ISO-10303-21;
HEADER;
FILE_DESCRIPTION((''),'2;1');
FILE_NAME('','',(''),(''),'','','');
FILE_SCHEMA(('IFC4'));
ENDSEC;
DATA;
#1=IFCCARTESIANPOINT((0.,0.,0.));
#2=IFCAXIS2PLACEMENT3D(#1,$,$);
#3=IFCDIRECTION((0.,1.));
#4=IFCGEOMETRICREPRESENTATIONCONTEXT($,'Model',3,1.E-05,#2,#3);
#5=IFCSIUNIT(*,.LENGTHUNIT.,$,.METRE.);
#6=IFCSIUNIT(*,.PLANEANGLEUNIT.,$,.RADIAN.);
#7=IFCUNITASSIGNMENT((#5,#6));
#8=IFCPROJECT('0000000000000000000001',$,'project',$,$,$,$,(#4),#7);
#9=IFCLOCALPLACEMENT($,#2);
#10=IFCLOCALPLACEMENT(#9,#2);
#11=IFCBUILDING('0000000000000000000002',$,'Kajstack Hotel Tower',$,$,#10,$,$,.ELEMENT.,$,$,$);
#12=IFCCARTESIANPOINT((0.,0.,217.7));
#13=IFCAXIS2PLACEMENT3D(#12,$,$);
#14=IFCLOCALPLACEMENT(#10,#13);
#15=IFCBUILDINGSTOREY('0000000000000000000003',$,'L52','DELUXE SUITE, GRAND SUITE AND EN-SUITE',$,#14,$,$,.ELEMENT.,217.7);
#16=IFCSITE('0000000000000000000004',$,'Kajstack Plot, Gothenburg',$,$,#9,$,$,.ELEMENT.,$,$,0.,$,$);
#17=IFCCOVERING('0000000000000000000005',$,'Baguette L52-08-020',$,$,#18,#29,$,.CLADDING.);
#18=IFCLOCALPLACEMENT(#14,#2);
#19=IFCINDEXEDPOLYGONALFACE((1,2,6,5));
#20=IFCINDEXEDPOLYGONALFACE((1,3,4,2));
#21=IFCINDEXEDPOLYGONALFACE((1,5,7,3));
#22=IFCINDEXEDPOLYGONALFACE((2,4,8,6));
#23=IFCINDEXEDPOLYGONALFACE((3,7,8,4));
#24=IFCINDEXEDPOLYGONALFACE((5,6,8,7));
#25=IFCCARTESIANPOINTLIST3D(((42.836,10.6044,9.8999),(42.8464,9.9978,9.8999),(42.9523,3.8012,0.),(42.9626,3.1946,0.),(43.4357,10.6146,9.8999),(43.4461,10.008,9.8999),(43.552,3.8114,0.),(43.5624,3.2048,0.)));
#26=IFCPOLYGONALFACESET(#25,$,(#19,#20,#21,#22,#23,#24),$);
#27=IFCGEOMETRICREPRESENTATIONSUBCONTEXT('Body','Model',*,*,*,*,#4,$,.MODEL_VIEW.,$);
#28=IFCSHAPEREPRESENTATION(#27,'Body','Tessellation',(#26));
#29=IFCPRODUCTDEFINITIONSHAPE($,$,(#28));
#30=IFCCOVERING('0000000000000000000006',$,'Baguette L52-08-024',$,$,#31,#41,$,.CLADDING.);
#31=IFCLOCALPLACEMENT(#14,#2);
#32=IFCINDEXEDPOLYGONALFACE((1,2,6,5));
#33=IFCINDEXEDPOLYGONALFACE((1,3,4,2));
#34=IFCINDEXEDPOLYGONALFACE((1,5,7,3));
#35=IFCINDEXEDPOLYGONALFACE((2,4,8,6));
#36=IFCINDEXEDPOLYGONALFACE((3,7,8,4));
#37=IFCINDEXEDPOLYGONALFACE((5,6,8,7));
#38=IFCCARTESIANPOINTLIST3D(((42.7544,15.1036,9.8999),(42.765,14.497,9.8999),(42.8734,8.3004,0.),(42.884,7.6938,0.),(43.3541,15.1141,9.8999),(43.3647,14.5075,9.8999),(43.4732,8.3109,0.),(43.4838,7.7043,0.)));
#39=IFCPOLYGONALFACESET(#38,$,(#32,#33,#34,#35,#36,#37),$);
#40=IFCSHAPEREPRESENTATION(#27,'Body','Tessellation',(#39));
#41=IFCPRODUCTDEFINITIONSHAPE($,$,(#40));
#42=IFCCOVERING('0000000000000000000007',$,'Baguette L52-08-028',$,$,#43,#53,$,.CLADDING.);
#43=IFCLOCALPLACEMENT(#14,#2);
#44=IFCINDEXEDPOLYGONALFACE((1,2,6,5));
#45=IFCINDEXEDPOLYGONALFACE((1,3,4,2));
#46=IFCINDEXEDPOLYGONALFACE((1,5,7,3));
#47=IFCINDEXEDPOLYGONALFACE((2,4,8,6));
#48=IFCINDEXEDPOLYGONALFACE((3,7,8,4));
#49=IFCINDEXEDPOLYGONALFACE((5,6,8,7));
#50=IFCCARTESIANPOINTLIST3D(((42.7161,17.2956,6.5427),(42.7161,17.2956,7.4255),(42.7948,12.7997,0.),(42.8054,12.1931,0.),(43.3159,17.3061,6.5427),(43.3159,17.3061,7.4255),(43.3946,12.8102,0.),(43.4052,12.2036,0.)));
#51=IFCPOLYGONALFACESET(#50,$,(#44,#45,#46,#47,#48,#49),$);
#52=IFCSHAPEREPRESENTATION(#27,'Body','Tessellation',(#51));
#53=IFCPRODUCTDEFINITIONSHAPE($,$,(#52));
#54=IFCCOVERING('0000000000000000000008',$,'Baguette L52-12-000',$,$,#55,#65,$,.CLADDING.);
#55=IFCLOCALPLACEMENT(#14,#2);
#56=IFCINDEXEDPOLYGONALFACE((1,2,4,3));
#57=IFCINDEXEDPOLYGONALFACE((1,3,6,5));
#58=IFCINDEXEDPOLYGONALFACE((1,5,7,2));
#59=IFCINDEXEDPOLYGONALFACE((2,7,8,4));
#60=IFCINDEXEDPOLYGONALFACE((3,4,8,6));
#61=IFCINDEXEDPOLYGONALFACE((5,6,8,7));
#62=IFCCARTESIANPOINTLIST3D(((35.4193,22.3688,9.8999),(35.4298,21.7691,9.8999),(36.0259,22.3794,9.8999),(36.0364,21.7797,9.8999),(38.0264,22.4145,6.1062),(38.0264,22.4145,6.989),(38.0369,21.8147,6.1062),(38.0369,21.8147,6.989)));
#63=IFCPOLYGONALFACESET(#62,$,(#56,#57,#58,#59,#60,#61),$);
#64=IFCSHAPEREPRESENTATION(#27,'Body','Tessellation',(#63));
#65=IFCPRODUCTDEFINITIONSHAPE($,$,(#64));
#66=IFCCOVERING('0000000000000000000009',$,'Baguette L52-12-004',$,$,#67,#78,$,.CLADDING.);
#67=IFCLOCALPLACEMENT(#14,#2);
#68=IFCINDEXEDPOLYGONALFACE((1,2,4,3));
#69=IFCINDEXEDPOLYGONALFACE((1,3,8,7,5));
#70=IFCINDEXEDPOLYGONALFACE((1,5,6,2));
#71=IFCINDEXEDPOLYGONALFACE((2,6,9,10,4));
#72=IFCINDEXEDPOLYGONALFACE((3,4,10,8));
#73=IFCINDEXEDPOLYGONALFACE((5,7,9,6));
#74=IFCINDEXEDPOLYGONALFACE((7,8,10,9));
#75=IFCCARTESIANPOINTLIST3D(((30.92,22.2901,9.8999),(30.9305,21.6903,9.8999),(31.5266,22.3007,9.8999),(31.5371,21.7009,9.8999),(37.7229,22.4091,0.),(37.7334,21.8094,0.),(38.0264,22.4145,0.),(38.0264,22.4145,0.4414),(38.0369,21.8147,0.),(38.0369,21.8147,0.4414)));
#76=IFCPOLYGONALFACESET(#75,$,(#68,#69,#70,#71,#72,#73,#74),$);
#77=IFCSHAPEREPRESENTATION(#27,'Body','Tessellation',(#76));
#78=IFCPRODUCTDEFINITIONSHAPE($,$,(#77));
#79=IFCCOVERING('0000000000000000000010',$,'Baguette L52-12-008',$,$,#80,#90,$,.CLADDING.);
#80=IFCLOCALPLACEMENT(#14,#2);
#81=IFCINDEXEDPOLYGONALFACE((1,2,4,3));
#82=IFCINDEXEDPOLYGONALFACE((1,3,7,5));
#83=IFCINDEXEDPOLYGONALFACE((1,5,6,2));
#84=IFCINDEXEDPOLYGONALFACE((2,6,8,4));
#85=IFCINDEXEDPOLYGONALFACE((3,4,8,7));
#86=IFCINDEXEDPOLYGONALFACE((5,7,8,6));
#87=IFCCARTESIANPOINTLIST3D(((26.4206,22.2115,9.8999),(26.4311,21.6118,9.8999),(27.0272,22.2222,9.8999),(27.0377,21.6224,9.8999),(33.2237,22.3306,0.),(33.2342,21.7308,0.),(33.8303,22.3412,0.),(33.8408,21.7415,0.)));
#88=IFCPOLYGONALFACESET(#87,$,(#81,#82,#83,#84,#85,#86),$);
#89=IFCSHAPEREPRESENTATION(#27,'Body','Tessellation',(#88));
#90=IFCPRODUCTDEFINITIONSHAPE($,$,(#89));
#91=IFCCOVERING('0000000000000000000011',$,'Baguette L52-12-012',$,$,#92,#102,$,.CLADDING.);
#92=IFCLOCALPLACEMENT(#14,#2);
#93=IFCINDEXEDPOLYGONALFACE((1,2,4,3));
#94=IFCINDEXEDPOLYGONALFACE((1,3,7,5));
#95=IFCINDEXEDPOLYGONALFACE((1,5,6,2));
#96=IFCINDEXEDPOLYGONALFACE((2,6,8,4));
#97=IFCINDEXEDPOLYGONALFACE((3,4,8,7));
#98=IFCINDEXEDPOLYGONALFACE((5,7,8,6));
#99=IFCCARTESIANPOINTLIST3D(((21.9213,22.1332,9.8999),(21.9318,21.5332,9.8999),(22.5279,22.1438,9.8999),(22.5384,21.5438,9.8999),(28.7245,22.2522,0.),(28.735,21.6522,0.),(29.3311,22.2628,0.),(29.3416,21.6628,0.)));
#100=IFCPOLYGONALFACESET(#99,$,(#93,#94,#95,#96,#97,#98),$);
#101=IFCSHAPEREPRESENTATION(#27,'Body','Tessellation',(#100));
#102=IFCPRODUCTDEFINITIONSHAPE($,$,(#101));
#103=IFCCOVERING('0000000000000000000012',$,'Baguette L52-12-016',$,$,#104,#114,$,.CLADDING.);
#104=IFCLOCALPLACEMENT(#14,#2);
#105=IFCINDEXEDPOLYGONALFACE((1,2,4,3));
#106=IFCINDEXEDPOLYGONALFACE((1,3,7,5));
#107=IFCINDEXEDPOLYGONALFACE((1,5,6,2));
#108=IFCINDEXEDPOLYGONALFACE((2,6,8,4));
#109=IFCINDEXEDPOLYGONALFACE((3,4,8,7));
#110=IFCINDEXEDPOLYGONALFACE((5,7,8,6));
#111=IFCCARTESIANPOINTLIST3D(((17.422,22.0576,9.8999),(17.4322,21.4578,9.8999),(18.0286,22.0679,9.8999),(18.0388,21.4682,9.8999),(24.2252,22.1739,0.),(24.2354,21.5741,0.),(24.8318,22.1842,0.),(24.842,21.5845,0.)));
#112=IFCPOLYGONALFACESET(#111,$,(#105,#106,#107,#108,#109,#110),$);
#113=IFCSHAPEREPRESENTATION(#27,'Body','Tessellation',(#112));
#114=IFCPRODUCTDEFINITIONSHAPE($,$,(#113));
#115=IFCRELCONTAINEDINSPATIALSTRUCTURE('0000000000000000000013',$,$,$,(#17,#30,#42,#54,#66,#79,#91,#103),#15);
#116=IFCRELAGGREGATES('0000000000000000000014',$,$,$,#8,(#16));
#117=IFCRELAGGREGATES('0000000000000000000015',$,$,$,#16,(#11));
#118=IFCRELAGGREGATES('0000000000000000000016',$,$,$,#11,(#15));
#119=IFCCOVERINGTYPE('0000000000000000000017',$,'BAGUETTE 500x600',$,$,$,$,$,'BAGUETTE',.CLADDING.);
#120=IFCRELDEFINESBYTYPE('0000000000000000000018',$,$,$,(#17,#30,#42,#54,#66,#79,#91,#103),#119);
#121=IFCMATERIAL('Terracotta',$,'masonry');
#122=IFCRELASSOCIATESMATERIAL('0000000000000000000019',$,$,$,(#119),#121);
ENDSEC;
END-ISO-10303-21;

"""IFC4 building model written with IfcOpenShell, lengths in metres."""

from ifc_helpers import new_model, si_unit, direction, frame, origin, origin_2d, place, context, subcontext, project, spatial, polyline, rectangle, outline, extrude, material, material_profile, profile_set, type_object, element, save


model = new_model("IFC4")

# Units and contexts
model_context = context("Model", 3, precision=1e-05, world=origin(), true_north=direction((0.0, 1.0)))
body_context = subcontext(model_context, "Body", "Model", "MODEL_VIEW")
ifc_project = project(units=[si_unit("LENGTHUNIT", "METRE"), si_unit("PLANEANGLEUNIT", "RADIAN")], contexts=[model_context])

# Site, building, storey
site_placement = place(None, origin())
site = spatial("IfcSite", under=ifc_project, at=site_placement, Name="Kajstack Plot, Gothenburg", CompositionType="ELEMENT", RefElevation=0.0)
building_placement = place(site_placement, origin())
building = spatial("IfcBuilding", under=site, at=building_placement, Name="Kajstack Hotel Tower", CompositionType="ELEMENT")
storey_placement = place(building_placement, frame((0.0, 0.0, 217.7)))
storey = spatial("IfcBuildingStorey", under=building, at=storey_placement, Name="L52", Description="DELUXE SUITE, GRAND SUITE AND EN-SUITE", CompositionType="ELEMENT", Elevation=217.7)

# Coverings
ifc_material_1 = material(Name="Terracotta", Category="masonry")
ifc_material_profile = material_profile(ifc_material_1, rectangle(XDim=0.6001, YDim=0.5, at=origin_2d()), Name="Terracotta-clad concrete baguette 500 x 600")
ifc_profile_set = profile_set([ifc_material_profile], Name="Terracotta")
covering_type = type_object("IfcCoveringType", Name="BAGUETTE 500x600", ElementType="BAGUETTE", PredefinedType="CLADDING", material=ifc_profile_set)
for number, where, z_axis, x_axis, name in (
    (1, (42.9626, 3.1946, 0.0), (0.999854, 0.017092, 0.0), (-0.017092, 0.999854, 0.0), "Baguette L52-08-020"),
    (2, (42.884, 7.6938, 0.0), (0.999847, 0.017498, 0.0), (-0.017498, 0.999847, 0.0), "Baguette L52-08-024"),
):
    element("IfcCovering", number, at=place(storey_placement, frame(where, z_axis=z_axis, x_axis=x_axis)), inside=storey, type_object=covering_type, Name=name, PredefinedType="CLADDING", context=body_context, shape_type="SweptSolid", body=[
        extrude(outline(polyline([(6.8042, 9.8999), (0.0, 0.0), (0.6067, 0.0), (7.4109, 9.8999), (6.8042, 9.8999)])), origin(), (0.0, 0.0, 1.0), 0.5999),
    ])
covering_1_placement = place(storey_placement, frame((42.8054, 12.1931, 0.0), z_axis=(0.999847, 0.017498, 0.0), x_axis=(-0.017498, 0.999847, 0.0)))
element("IfcCovering", 3, at=covering_1_placement, inside=storey, type_object=covering_type, Name="Baguette L52-08-028", PredefinedType="CLADDING", context=body_context, shape_type="SweptSolid", body=[
    extrude(outline(polyline([(0.6067, 0.0), (5.1033, 6.5427), (5.1033, 7.4255), (0.0, 0.0), (0.6067, 0.0)])), origin(), (0.0, 0.0, 1.0), 0.5999),
])
covering_2_placement = place(storey_placement, frame((38.0369, 21.8147, 0.0), z_axis=(-0.017498, 0.999847, 0.0), x_axis=(-0.999847, -0.017498, 0.0)))
element("IfcCovering", 4, at=covering_2_placement, inside=storey, type_object=covering_type, Name="Baguette L52-12-000", PredefinedType="CLADDING", context=body_context, shape_type="SweptSolid", body=[
    extrude(outline(polyline([(2.0007, 9.8999), (0.0, 6.989), (0.0, 6.1062), (2.6074, 9.8999), (2.0007, 9.8999)])), origin(), (0.0, 0.0, 1.0), 0.5999),
])
covering_3_placement = place(storey_placement, frame((38.0369, 21.8147, 0.0), z_axis=(-0.017498, 0.999847, 0.0), x_axis=(-0.999847, -0.017498, 0.0)))
element("IfcCovering", 5, at=covering_3_placement, inside=storey, type_object=covering_type, Name="Baguette L52-12-004", PredefinedType="CLADDING", context=body_context, shape_type="SweptSolid", body=[
    extrude(outline(polyline([(6.5007, 9.8999), (0.0, 0.4414), (0.0, 0.0), (0.3035, 0.0), (7.1074, 9.8999), (6.5007, 9.8999)])), origin(), (0.0, 0.0, 1.0), 0.5999),
])
covering_4_placement = place(storey_placement, frame((33.8408, 21.7415, 0.0), z_axis=(-0.017498, 0.999847, 0.0), x_axis=(-0.999847, -0.017498, 0.0)))
element("IfcCovering", 6, at=covering_4_placement, inside=storey, type_object=covering_type, Name="Baguette L52-12-008", PredefinedType="CLADDING", context=body_context, shape_type="SweptSolid", body=[
    extrude(outline(polyline([(6.8042, 9.8999), (0.0, 0.0), (0.6067, 0.0), (7.4109, 9.8999), (6.8042, 9.8999)])), origin(), (0.0, 0.0, 1.0), 0.5999),
])
covering_5_placement = place(storey_placement, frame((29.3416, 21.6628, 0.0), z_axis=(-0.017491, 0.999847, 0.0), x_axis=(-0.999847, -0.017491, 0.0)))
element("IfcCovering", 7, at=covering_5_placement, inside=storey, type_object=covering_type, Name="Baguette L52-12-012", PredefinedType="CLADDING", context=body_context, shape_type="SweptSolid", body=[
    extrude(outline(polyline([(6.8042, 9.8999), (0.0, 0.0), (0.6067, 0.0), (7.4109, 9.8999), (6.8042, 9.8999)])), origin(), (0.0, 0.0, 1.0), 0.6001),
])
covering_6_placement = place(storey_placement, frame((24.842, 21.5845, 0.0), z_axis=(-0.017092, 0.999854, 0.0), x_axis=(-0.999854, -0.017092, 0.0)))
element("IfcCovering", 8, at=covering_6_placement, inside=storey, type_object=covering_type, Name="Baguette L52-12-016", PredefinedType="CLADDING", context=body_context, shape_type="SweptSolid", body=[
    extrude(outline(polyline([(6.8042, 9.8999), (0.0, 0.0), (0.6067, 0.0), (7.4109, 9.8999), (6.8042, 9.8999)])), origin(), (0.0, 0.0, 1.0), 0.5999),
])

save(model, "model.ifc")
